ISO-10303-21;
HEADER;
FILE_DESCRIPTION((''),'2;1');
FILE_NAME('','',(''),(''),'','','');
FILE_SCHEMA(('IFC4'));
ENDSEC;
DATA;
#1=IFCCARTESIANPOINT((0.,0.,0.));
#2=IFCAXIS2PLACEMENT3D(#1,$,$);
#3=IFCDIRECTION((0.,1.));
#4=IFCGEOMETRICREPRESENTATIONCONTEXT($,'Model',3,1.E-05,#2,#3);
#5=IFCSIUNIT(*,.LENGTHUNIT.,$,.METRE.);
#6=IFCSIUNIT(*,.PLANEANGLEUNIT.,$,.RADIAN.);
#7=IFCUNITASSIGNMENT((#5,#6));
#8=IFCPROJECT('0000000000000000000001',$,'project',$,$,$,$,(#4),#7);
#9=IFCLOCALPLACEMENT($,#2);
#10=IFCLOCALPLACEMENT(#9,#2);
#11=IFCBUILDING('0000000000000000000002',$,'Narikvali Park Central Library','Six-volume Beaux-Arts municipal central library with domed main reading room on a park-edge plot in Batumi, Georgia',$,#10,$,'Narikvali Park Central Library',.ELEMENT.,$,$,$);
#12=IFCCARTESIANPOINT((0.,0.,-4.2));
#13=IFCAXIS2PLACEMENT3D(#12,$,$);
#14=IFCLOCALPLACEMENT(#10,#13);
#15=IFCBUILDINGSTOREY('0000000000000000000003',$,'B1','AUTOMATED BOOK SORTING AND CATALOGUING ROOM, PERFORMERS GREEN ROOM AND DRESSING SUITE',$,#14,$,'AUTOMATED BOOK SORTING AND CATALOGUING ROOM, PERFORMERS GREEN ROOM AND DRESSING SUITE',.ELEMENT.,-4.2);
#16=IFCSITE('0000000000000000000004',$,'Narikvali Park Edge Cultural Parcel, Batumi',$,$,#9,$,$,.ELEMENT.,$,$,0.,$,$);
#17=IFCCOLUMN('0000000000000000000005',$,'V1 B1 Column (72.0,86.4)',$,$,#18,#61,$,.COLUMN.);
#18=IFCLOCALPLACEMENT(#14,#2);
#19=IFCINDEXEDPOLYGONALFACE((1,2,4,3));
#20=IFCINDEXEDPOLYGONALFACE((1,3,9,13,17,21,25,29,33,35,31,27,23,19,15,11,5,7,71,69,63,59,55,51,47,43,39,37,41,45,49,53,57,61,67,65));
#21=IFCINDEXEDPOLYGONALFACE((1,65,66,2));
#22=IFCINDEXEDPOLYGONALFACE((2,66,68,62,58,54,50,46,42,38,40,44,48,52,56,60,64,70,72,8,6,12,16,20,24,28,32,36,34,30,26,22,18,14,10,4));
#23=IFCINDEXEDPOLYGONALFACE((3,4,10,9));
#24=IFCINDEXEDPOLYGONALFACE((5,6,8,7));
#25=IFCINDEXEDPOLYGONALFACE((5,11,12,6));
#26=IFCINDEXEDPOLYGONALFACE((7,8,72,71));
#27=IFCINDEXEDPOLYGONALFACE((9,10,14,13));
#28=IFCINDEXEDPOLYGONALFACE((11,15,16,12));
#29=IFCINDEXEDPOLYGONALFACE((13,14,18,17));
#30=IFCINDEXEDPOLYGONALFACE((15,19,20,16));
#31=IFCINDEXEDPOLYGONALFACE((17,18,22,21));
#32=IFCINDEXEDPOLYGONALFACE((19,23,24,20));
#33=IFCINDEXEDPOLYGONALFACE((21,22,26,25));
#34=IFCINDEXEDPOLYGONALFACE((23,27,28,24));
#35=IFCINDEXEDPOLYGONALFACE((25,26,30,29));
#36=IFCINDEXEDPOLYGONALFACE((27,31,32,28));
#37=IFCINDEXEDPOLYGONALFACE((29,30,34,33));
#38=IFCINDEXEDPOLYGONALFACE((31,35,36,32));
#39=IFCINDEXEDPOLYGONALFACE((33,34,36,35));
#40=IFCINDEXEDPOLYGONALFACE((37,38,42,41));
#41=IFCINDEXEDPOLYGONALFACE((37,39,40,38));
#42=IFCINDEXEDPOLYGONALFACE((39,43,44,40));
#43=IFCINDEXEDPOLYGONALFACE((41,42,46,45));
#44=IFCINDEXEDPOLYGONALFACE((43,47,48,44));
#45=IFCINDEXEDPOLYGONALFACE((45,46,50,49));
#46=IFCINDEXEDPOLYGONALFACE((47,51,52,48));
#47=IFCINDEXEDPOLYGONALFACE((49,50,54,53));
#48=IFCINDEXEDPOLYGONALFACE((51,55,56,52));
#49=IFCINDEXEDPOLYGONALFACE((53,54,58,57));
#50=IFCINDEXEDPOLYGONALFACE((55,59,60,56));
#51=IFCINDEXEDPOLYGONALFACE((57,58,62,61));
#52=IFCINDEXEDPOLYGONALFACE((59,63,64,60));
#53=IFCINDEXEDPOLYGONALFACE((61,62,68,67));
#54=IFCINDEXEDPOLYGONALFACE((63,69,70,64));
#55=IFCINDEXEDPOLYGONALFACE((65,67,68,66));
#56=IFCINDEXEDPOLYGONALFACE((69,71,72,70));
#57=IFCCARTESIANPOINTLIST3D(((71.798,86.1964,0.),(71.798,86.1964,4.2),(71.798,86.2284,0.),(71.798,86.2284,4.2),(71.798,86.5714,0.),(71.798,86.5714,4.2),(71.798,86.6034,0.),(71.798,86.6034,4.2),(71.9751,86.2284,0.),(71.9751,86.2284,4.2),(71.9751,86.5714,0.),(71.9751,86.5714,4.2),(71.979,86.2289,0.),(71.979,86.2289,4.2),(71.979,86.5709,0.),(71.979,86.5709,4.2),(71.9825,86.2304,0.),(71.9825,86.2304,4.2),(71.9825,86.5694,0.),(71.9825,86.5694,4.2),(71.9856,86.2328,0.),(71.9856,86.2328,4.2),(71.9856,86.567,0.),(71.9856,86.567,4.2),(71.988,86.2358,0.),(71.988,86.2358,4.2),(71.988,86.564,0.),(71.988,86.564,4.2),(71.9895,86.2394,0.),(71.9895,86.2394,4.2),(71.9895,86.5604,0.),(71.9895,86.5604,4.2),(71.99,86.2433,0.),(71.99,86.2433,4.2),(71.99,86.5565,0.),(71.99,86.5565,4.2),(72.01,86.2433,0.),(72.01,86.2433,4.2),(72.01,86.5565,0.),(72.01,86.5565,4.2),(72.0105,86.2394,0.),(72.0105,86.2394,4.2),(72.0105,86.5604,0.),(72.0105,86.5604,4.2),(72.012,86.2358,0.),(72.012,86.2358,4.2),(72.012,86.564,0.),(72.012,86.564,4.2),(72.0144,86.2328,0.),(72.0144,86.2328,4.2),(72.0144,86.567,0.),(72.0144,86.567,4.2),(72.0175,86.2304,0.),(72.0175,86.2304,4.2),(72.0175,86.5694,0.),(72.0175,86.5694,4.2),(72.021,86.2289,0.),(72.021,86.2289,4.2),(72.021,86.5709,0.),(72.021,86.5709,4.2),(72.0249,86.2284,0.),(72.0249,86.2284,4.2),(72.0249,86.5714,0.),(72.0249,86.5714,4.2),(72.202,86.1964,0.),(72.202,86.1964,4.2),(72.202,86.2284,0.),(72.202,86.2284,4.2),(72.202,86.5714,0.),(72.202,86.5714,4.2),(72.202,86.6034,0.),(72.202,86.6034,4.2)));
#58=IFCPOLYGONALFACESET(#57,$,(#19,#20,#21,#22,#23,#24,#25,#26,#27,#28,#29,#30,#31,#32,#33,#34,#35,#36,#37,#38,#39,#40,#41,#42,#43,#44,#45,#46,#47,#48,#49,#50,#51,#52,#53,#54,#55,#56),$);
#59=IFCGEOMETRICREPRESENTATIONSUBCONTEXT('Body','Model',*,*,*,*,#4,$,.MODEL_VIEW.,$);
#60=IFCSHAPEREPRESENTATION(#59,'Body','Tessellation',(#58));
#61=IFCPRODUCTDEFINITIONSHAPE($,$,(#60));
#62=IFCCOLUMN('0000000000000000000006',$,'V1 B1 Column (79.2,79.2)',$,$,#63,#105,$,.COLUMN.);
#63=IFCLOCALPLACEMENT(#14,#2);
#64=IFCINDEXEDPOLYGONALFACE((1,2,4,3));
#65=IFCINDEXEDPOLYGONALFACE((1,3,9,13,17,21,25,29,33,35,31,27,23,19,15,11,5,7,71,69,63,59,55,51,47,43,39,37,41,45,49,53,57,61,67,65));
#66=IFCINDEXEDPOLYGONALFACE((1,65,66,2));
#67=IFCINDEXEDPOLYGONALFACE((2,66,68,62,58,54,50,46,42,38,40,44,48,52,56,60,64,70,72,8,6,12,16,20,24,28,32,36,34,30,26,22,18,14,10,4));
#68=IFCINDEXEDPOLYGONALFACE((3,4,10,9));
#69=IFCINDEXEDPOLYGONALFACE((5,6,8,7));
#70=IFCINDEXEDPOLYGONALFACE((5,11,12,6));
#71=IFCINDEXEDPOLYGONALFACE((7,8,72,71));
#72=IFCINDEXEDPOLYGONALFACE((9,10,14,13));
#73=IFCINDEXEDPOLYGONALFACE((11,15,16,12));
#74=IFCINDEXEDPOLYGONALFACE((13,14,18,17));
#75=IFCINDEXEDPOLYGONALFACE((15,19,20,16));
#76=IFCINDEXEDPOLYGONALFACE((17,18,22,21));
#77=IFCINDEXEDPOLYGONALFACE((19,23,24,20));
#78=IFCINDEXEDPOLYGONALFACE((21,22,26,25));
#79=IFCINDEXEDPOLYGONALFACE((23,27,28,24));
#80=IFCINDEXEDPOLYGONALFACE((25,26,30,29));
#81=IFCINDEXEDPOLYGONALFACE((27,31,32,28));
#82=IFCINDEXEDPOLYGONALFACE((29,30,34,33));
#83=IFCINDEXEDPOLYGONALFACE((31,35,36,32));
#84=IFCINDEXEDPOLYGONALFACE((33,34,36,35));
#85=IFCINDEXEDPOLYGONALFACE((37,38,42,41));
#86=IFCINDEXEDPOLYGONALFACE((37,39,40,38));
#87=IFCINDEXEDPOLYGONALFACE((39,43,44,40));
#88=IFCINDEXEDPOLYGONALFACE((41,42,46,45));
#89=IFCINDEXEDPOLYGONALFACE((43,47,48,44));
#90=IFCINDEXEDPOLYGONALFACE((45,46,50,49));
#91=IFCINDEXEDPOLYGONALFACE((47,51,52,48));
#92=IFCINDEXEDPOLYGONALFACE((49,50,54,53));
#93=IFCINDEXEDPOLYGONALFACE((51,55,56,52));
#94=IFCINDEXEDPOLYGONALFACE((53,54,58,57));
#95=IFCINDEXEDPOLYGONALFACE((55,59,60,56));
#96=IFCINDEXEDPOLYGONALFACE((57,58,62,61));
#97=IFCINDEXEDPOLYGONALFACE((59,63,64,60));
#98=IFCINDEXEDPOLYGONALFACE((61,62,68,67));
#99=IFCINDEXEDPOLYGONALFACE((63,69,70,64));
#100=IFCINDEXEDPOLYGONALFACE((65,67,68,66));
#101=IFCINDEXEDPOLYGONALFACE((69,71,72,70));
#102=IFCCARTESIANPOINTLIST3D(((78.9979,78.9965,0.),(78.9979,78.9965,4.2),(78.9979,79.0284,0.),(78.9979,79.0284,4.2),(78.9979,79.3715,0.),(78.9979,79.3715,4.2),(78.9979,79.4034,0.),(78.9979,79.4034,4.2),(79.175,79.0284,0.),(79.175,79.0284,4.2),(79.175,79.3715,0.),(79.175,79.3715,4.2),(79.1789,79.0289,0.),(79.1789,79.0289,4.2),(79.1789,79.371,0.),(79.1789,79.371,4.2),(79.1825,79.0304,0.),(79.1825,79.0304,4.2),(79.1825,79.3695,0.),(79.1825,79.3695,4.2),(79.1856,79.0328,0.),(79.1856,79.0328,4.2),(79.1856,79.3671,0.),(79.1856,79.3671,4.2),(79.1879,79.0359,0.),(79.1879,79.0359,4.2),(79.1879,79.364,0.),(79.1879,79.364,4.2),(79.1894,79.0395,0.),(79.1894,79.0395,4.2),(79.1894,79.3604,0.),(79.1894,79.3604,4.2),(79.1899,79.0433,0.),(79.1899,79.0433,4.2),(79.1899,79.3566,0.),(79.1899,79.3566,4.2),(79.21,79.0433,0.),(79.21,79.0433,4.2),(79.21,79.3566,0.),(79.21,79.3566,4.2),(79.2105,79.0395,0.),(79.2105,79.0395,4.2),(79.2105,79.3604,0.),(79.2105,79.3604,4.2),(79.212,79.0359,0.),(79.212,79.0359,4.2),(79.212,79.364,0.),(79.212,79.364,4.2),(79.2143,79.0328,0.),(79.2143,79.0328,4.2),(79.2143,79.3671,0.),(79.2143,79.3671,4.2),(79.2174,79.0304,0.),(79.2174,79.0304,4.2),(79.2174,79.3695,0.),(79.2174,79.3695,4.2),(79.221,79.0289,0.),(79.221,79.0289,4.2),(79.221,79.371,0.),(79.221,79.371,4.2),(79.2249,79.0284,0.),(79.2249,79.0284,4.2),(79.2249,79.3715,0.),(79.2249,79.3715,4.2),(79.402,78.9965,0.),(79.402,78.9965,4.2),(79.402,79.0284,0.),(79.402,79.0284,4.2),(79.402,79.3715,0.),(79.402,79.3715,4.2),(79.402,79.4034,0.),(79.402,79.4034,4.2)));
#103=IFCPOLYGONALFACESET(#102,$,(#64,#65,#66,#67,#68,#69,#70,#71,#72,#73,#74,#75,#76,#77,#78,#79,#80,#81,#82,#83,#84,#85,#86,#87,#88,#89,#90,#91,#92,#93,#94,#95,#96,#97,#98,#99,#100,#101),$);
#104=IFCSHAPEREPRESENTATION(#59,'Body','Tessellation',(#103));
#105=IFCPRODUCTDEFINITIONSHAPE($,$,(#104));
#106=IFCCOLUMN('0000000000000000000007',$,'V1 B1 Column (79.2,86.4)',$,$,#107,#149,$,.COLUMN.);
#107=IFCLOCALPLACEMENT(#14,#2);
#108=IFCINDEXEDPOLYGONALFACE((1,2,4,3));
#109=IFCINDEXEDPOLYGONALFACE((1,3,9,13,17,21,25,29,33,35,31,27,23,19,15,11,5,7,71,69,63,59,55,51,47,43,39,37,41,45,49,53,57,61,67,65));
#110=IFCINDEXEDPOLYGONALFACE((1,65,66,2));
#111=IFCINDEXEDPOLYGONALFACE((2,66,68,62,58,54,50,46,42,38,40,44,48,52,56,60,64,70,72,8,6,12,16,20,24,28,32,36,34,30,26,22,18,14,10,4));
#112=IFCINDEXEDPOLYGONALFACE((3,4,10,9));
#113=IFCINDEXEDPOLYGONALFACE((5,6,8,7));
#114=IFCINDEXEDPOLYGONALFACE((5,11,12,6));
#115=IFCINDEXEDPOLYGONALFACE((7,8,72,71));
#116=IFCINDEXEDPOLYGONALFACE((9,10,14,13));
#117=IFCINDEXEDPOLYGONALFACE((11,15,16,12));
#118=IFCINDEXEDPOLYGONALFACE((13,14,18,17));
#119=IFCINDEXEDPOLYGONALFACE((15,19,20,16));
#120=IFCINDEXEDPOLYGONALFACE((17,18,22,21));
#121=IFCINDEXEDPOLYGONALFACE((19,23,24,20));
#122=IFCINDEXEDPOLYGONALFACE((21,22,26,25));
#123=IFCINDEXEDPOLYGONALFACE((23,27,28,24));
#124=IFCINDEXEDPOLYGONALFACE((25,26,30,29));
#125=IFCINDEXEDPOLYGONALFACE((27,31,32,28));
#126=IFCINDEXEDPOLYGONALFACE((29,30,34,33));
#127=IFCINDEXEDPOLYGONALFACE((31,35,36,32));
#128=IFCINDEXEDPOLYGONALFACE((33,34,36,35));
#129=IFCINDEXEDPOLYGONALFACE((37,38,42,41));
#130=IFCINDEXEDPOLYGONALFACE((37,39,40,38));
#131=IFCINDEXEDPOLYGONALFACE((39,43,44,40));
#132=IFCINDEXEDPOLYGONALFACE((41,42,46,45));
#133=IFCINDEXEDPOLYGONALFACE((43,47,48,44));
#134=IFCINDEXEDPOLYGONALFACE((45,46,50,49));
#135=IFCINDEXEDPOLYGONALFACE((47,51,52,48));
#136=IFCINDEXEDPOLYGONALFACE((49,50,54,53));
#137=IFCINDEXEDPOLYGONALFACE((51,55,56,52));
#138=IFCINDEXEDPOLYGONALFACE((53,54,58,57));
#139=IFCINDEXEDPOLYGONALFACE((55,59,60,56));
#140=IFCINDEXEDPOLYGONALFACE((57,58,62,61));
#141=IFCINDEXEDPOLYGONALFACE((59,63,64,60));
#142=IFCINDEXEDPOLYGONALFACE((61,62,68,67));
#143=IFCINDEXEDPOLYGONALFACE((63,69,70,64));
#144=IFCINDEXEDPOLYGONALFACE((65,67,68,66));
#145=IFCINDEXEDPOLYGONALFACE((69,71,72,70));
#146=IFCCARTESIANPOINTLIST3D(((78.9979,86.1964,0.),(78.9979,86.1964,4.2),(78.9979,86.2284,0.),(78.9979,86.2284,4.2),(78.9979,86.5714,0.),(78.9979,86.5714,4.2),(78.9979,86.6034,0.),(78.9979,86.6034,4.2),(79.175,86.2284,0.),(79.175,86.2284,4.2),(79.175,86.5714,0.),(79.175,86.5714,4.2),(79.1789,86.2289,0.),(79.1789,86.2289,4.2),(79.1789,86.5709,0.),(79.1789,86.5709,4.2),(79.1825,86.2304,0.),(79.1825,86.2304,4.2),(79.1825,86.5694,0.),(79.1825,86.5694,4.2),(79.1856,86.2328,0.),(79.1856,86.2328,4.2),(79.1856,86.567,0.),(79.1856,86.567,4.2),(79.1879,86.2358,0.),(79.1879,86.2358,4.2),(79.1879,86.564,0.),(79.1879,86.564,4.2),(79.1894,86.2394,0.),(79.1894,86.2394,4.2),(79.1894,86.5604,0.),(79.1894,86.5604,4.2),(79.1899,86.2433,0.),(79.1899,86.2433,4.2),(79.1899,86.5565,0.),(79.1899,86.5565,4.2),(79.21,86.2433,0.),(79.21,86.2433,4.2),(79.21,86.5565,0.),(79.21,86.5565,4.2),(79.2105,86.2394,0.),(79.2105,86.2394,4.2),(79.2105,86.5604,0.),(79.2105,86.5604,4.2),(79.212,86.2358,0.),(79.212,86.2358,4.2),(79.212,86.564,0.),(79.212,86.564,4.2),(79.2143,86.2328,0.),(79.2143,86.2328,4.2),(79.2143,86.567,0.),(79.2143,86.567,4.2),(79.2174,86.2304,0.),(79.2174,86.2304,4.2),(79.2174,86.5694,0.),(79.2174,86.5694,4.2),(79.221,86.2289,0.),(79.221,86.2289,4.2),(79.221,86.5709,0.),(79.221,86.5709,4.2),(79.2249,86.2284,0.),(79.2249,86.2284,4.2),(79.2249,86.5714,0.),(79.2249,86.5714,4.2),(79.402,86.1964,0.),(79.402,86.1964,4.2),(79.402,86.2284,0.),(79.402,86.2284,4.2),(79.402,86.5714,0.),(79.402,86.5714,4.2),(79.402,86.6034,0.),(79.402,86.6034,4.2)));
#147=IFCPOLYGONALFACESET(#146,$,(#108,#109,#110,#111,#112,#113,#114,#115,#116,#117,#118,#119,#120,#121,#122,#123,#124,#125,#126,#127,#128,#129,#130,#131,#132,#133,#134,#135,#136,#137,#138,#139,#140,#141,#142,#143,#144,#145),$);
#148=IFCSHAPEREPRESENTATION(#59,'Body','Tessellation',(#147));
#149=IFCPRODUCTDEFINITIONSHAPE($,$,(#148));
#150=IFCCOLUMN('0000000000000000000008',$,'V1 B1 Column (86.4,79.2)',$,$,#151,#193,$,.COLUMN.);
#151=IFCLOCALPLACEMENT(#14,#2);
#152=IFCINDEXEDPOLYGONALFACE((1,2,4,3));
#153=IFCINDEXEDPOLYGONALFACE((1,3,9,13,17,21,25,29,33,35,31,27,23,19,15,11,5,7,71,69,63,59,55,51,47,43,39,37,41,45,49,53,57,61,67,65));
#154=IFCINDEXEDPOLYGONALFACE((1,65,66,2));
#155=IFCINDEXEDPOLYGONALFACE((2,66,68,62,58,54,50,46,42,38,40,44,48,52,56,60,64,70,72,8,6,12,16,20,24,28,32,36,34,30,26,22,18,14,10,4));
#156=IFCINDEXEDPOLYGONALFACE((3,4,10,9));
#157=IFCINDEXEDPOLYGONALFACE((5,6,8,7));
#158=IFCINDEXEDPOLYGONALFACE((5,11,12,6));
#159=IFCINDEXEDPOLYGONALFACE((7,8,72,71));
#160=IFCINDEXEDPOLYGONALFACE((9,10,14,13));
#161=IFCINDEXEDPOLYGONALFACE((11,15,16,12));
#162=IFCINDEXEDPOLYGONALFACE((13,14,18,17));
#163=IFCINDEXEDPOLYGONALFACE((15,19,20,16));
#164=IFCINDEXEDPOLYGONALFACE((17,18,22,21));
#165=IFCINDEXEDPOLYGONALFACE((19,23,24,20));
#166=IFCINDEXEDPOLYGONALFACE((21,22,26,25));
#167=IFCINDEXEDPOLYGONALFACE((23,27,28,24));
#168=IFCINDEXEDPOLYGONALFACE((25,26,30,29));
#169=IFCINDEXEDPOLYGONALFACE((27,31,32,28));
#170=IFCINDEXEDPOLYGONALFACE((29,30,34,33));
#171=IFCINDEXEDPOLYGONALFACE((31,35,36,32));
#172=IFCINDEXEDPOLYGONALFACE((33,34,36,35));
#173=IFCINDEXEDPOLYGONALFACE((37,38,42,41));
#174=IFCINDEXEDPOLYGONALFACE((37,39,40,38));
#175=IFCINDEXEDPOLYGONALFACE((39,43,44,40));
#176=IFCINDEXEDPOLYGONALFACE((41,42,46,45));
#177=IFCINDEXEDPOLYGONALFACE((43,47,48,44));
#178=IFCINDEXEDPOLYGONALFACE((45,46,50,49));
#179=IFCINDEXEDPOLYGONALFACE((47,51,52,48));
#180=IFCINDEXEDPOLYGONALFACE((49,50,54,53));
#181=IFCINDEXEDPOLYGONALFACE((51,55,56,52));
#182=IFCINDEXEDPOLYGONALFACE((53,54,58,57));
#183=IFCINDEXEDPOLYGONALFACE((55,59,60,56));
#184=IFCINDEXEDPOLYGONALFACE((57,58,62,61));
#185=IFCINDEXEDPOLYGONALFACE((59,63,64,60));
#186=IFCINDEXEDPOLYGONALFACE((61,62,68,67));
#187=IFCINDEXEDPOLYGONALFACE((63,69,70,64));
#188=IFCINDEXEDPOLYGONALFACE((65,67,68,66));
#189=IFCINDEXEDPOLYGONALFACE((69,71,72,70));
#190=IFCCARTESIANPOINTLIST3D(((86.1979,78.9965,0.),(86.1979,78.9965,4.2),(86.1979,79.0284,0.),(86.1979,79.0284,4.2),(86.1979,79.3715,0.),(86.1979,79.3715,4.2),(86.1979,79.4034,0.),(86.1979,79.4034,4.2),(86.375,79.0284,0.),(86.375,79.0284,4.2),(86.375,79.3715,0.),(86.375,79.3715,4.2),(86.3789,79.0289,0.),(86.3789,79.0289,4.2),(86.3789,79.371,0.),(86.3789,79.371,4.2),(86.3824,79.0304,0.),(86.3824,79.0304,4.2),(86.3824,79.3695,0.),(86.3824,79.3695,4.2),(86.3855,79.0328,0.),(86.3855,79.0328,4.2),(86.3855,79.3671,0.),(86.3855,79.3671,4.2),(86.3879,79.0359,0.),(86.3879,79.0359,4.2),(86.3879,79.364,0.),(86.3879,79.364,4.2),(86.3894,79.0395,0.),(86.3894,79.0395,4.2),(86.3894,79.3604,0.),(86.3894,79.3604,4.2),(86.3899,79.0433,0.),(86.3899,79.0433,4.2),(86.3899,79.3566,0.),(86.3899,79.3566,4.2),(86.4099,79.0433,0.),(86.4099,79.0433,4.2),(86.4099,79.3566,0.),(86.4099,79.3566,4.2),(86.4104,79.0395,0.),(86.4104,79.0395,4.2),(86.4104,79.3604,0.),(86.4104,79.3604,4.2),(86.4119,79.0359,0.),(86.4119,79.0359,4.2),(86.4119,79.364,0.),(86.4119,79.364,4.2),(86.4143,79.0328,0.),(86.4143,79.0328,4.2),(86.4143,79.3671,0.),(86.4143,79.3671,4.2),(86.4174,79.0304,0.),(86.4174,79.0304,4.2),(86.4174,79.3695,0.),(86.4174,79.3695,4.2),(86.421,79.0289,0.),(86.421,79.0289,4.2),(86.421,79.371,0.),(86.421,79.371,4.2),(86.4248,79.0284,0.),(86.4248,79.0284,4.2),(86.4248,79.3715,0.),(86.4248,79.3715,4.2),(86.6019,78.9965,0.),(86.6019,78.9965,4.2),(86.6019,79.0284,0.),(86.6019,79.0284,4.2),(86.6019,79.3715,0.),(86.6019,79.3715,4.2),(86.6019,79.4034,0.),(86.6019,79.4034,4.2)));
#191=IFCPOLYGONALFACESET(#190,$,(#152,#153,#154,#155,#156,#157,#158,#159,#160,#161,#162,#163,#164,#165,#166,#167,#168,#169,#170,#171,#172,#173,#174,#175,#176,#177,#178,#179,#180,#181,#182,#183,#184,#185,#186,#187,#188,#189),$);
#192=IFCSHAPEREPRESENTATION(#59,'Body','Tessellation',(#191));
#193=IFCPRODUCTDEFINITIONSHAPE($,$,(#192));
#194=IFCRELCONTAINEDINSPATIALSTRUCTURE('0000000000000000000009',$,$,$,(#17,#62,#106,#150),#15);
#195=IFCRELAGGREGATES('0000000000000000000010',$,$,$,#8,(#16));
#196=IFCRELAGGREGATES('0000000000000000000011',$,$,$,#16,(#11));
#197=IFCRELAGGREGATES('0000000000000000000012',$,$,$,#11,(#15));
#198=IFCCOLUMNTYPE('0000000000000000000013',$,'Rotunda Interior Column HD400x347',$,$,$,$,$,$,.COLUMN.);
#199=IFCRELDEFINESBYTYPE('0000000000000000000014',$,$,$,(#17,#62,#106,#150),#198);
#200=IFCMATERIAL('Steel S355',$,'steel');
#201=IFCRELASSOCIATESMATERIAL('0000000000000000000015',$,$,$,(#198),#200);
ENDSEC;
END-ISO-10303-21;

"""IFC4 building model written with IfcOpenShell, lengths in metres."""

from ifc_helpers import new_model, si_unit, direction, frame, origin, origin_2d, place, context, subcontext, project, spatial, i_section, extrude, material, material_profile, profile_set, type_object, element, save


model = new_model("IFC4")

# Units and contexts
model_context = context("Model", 3, precision=1e-05, world=origin(), true_north=direction((0.0, 1.0)))
body_context = subcontext(model_context, "Body", "Model", "MODEL_VIEW")
ifc_project = project(units=[si_unit("LENGTHUNIT", "METRE"), si_unit("PLANEANGLEUNIT", "RADIAN")], contexts=[model_context])

# Site, building, storey
site_placement = place(None, origin())
site = spatial("IfcSite", under=ifc_project, at=site_placement, Name="Narikvali Park Edge Cultural Parcel, Batumi", CompositionType="ELEMENT", RefElevation=0.0)
building_placement = place(site_placement, origin())
building = spatial("IfcBuilding", under=site, at=building_placement, Name="Narikvali Park Central Library", Description="Six-volume Beaux-Arts municipal central library with domed main reading room on a park-edge plot in Batumi, Georgia", LongName="Narikvali Park Central Library", CompositionType="ELEMENT")
storey_placement = place(building_placement, frame((0.0, 0.0, -4.2)))
storey = spatial("IfcBuildingStorey", under=building, at=storey_placement, Name="B1", Description="AUTOMATED BOOK SORTING AND CATALOGUING ROOM, PERFORMERS GREEN ROOM AND DRESSING SUITE", LongName="AUTOMATED BOOK SORTING AND CATALOGUING ROOM, PERFORMERS GREEN ROOM AND DRESSING SUITE", CompositionType="ELEMENT", Elevation=-4.2)

# Columns
ifc_material_1 = material(Name="Steel S355", Category="steel")
ifc_material_profile_1 = material_profile(ifc_material_1, i_section(OverallWidth=0.4041, OverallDepth=0.407, WebThickness=0.02, FlangeThickness=0.032, FilletRadius=0.0149, at=origin_2d()), Name="HD 400x347")
ifc_profile_set_1 = profile_set([ifc_material_profile_1], Name="Steel S355")
column_type_1 = type_object("IfcColumnType", Name="Rotunda Interior Column HD400x347", PredefinedType="COLUMN", material=ifc_profile_set_1)
for number, where, z_axis, x_axis, name in (
    (1, (72.0, 86.3999, 0.0), (0.0, 0.0, 1.0), (1.0, 0.0, 0.0), "V1 B1 Column (72.0,86.4)"),
    (2, (79.2, 79.2, 0.0), (0.0, 0.0, 1.0), (1.0, 0.0, 0.0), "V1 B1 Column (79.2,79.2)"),
    (3, (79.2, 86.3999, 0.0), (0.0, 0.0, 1.0), (1.0, 0.0, 0.0), "V1 B1 Column (79.2,86.4)"),
    (4, (86.3999, 79.2, 0.0), (0.0, 0.0, 1.0), (1.0, 0.0, 0.0), "V1 B1 Column (86.4,79.2)"),
):
    element("IfcColumn", number, at=place(storey_placement, frame(where, z_axis=z_axis, x_axis=x_axis)), inside=storey, type_object=column_type_1, Name=name, PredefinedType="COLUMN", context=body_context, shape_type="SweptSolid", body=[
        extrude(i_section(OverallWidth=0.4041, OverallDepth=0.407, WebThickness=0.02, FlangeThickness=0.032, FilletRadius=0.0149, at=origin_2d()), origin(), (0.0, 0.0, 1.0), 4.2),
    ])

save(model, "model.ifc")
